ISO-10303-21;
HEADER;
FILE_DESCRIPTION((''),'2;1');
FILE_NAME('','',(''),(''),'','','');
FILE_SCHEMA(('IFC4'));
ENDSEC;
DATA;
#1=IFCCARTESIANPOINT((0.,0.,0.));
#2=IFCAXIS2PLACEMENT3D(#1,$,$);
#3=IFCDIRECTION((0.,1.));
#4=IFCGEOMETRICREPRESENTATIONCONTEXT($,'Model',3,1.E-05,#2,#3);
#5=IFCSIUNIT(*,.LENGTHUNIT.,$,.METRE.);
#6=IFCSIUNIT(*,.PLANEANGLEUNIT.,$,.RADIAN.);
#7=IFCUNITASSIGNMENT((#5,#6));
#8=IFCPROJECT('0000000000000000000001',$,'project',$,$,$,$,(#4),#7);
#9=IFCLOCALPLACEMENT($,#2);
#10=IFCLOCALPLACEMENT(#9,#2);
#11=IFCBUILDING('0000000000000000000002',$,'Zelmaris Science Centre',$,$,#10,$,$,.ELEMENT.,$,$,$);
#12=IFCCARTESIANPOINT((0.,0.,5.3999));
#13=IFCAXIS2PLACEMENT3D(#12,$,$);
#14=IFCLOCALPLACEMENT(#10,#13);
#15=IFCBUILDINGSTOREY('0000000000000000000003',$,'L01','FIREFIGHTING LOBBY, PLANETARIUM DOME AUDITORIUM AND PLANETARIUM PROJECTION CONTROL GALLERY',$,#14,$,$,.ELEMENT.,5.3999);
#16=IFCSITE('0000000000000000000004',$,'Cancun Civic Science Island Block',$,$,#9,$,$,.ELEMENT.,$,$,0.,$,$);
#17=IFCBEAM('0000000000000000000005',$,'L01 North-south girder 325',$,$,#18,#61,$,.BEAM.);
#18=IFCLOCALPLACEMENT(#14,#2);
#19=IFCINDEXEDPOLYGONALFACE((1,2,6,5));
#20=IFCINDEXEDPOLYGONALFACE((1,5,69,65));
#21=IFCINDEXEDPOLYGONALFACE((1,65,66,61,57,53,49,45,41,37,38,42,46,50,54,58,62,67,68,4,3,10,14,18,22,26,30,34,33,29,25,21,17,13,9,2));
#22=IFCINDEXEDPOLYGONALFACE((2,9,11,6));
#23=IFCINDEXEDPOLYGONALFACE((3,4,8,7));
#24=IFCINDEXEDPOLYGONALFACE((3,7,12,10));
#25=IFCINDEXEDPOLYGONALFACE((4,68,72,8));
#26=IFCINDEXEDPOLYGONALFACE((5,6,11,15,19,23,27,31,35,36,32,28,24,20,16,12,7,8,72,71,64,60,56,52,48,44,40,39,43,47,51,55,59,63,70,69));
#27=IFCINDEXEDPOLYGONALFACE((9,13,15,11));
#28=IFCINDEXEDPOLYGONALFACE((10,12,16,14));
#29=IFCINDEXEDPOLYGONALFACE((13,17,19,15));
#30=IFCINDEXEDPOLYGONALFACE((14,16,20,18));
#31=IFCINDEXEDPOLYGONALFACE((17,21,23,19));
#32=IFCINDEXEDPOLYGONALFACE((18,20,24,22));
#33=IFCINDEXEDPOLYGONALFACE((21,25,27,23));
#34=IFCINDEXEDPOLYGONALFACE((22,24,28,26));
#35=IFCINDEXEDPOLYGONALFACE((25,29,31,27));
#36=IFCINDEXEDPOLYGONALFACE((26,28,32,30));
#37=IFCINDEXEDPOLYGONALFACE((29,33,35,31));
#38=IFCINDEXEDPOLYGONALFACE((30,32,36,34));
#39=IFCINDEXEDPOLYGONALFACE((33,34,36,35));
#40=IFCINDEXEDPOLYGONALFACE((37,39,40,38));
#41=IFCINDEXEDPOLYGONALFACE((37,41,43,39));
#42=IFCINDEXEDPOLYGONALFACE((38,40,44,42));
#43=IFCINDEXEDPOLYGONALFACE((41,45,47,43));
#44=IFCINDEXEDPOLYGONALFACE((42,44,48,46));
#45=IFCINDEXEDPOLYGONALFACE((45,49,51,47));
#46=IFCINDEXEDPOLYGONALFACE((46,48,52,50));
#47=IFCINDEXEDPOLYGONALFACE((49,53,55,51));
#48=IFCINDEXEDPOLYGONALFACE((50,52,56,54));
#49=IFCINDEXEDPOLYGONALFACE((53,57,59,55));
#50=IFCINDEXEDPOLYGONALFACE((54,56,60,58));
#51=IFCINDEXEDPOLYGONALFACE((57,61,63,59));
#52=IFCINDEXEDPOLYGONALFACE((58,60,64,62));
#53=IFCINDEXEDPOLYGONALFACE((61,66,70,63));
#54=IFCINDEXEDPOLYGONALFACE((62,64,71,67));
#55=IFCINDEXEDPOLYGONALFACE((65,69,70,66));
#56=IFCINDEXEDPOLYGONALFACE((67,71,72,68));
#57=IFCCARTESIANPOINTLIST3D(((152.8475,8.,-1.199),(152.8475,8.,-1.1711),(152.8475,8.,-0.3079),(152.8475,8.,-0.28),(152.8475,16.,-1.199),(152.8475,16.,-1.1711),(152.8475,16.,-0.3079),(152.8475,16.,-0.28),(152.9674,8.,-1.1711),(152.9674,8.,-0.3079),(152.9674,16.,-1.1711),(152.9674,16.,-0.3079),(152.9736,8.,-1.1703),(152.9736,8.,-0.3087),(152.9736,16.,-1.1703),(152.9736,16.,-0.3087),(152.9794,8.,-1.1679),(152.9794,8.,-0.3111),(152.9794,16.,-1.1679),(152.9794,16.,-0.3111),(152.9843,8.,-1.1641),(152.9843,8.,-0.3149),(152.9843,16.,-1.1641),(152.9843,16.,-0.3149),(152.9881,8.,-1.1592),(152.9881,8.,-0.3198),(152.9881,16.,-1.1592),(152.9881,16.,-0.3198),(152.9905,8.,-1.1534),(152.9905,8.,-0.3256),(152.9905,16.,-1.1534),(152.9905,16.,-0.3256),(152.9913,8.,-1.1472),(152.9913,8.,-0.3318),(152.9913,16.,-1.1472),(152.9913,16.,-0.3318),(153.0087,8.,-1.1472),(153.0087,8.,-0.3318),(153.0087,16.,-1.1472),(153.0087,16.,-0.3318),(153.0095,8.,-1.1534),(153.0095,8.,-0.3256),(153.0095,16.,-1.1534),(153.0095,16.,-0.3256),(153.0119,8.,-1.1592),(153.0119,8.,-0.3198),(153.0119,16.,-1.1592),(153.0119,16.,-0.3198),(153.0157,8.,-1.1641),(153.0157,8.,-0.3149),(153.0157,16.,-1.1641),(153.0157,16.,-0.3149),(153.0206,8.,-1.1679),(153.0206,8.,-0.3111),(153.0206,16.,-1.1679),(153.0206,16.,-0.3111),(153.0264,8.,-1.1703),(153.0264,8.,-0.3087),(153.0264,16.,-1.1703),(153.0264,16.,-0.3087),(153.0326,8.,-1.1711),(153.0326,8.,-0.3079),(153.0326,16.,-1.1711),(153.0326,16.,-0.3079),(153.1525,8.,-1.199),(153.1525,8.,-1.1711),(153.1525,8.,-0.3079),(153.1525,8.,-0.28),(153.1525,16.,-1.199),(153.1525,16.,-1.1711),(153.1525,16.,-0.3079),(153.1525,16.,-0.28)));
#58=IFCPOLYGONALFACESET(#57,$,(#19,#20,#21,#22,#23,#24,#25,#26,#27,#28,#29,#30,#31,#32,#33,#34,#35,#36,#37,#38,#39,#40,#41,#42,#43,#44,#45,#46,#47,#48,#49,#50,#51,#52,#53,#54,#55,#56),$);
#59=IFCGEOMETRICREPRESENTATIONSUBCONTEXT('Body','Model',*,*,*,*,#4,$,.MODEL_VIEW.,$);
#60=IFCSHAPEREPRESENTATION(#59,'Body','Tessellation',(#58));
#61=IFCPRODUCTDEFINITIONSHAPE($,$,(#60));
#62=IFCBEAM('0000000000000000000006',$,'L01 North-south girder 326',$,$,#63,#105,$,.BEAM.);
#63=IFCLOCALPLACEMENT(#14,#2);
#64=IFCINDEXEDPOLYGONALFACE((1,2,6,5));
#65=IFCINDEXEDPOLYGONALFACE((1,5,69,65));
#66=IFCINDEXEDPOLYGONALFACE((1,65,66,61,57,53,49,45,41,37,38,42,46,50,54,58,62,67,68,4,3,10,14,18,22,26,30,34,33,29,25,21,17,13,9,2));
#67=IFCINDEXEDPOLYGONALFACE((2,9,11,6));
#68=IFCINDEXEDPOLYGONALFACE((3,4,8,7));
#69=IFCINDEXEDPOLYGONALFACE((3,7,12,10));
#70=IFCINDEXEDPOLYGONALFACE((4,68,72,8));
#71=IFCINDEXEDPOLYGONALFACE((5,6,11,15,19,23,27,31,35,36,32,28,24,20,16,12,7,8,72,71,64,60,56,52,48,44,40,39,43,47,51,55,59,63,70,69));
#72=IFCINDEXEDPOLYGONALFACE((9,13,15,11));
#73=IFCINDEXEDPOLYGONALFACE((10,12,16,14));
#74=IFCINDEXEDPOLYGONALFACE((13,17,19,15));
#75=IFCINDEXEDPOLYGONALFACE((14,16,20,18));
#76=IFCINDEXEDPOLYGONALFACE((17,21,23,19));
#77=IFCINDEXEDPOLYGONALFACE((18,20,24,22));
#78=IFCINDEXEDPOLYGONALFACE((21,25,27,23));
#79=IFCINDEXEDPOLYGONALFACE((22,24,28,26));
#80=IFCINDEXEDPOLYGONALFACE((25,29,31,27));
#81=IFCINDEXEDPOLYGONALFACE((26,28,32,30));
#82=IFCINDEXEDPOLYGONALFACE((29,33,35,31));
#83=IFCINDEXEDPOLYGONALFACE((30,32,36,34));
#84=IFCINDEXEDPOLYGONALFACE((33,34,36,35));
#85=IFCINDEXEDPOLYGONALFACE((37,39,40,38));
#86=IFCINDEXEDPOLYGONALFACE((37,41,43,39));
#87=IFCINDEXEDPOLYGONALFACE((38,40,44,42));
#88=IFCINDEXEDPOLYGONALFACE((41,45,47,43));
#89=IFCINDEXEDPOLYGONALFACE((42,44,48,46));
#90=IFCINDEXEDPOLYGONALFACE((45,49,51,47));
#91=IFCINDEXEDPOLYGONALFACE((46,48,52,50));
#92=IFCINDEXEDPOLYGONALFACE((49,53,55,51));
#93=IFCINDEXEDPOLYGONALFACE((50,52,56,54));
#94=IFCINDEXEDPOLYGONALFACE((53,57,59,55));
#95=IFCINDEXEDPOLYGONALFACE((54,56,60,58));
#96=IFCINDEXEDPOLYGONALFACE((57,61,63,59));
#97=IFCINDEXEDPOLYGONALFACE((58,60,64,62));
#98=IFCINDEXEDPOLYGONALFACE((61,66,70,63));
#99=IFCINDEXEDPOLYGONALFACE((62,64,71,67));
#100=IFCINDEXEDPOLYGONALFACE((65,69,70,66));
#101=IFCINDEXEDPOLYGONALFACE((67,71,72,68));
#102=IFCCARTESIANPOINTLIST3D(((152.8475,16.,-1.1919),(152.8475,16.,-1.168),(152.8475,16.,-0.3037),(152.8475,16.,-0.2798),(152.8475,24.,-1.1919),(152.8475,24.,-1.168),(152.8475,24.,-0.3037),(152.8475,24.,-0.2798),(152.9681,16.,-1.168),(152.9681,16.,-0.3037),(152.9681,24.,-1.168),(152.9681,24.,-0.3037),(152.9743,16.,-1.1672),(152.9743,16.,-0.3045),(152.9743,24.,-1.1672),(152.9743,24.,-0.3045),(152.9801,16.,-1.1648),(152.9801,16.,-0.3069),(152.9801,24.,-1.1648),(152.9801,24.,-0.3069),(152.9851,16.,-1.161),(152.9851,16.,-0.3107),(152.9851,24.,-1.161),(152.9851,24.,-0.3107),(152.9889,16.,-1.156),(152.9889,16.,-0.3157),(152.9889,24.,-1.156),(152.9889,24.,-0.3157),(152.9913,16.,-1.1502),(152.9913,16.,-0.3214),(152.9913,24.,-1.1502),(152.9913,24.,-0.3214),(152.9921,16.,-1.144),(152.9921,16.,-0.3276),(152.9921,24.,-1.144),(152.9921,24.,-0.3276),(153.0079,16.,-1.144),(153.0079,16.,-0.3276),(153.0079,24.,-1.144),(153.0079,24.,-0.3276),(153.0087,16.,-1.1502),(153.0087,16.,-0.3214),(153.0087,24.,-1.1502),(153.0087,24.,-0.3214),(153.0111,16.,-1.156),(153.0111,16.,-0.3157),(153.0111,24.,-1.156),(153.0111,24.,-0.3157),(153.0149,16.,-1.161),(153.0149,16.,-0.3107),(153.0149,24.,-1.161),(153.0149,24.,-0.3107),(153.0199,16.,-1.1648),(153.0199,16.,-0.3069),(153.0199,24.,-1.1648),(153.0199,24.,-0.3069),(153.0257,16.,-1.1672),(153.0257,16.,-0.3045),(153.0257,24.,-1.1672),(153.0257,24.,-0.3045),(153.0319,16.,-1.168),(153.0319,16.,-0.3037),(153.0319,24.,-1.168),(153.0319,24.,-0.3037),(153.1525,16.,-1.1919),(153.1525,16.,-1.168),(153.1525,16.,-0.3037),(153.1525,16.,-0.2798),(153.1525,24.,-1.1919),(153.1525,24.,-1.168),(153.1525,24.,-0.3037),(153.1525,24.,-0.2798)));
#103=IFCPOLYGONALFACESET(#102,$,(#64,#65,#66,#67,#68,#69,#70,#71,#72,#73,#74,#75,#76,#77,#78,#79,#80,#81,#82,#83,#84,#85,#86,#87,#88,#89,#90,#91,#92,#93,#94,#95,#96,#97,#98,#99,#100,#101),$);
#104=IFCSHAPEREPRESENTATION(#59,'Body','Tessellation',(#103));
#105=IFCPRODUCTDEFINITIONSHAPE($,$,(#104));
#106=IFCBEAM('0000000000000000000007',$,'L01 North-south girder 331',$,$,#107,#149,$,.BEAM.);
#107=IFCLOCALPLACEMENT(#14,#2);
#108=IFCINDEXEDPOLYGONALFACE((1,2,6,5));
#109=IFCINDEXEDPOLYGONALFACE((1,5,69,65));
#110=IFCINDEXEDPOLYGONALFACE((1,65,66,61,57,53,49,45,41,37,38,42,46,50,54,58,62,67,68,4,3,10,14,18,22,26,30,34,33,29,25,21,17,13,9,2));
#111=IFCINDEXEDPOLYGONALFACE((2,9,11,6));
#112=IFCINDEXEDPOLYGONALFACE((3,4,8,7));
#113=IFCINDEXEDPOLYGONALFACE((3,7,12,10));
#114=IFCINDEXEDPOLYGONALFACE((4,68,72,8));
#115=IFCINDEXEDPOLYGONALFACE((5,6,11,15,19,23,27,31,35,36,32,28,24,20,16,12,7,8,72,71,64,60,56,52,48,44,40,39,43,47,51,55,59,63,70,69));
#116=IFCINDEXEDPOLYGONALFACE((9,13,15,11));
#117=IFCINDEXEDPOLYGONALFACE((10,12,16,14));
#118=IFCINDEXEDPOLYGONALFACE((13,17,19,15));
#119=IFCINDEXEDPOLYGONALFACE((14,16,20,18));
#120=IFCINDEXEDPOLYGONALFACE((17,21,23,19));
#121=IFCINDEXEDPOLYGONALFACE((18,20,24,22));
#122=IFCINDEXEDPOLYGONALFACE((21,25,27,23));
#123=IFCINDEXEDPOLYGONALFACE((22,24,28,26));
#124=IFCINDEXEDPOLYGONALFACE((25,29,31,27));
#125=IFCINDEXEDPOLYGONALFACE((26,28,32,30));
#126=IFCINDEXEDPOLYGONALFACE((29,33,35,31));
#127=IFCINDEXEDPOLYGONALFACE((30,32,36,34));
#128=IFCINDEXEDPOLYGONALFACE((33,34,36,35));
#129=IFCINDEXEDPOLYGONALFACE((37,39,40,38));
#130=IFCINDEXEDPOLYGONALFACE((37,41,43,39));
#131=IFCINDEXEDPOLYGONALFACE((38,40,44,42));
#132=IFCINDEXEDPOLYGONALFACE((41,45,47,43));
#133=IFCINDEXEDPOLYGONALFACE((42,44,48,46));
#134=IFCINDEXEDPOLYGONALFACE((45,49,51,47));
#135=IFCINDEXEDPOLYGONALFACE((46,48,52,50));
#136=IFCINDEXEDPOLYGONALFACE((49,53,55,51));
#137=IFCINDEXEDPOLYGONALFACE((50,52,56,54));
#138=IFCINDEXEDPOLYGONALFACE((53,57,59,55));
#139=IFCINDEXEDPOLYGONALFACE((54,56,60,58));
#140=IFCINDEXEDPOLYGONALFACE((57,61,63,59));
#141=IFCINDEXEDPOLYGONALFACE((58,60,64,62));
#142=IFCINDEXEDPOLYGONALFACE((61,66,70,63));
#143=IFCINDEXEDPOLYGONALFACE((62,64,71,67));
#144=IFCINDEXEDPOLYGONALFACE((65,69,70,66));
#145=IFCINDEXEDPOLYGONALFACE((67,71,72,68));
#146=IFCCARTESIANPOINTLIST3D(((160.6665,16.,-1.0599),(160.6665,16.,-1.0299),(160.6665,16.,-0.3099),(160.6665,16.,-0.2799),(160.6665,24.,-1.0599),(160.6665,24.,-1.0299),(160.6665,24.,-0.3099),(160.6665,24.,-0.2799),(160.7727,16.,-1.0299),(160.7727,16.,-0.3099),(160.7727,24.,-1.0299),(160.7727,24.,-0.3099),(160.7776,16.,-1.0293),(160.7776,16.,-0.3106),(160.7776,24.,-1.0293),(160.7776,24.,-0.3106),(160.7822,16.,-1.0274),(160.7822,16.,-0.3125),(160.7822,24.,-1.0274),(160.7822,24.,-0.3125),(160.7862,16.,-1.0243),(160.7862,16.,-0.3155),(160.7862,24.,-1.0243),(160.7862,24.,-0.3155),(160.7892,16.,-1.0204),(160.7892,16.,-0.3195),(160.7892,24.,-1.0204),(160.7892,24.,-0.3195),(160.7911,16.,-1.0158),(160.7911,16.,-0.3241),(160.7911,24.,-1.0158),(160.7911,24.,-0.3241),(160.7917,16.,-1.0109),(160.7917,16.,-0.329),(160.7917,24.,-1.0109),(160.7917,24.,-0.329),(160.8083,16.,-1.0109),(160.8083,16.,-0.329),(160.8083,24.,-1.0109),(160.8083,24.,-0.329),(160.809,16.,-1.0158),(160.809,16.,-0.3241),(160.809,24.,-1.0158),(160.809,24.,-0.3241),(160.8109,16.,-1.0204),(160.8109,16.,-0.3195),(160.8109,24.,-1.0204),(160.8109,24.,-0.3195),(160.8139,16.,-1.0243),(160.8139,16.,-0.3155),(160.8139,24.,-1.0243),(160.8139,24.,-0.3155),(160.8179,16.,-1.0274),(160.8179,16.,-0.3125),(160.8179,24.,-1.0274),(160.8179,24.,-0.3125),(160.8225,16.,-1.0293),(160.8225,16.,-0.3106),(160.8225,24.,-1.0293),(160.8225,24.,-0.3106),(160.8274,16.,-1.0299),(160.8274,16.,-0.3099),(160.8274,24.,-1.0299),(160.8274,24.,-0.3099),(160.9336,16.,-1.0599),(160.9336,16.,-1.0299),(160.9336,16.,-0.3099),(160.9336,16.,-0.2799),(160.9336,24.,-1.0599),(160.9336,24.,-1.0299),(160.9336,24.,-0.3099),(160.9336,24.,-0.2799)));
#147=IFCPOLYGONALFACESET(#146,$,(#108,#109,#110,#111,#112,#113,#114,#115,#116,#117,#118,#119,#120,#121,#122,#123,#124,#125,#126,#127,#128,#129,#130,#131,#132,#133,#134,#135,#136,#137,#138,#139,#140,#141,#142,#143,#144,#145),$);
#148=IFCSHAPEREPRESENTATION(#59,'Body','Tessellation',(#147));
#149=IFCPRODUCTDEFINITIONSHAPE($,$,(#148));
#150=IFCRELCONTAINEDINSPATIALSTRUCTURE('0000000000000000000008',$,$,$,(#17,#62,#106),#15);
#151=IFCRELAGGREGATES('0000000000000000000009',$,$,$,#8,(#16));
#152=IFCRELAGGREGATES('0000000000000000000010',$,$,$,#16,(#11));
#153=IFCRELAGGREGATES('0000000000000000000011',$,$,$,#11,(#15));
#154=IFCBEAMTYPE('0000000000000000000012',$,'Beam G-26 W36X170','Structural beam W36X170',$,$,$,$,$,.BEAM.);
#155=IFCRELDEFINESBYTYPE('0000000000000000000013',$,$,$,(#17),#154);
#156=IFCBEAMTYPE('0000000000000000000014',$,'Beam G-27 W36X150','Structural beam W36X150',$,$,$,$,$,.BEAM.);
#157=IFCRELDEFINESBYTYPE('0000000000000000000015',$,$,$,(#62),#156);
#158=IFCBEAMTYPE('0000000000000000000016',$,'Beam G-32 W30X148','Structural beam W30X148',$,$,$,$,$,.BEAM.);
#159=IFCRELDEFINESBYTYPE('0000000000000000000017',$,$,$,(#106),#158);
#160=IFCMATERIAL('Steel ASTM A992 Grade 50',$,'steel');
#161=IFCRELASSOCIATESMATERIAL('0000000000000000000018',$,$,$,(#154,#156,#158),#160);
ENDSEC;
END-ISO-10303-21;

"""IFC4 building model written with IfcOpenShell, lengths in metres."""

from ifc_helpers import new_model, si_unit, direction, frame, origin, origin_2d, place, context, subcontext, project, spatial, i_section, extrude, material, material_profile, profile_set, type_object, element, save


model = new_model("IFC4")

# Units and contexts
model_context = context("Model", 3, precision=1e-05, world=origin(), true_north=direction((0.0, 1.0)))
body_context = subcontext(model_context, "Body", "Model", "MODEL_VIEW")
ifc_project = project(units=[si_unit("LENGTHUNIT", "METRE"), si_unit("PLANEANGLEUNIT", "RADIAN")], contexts=[model_context])

# Site, building, storey
site_placement = place(None, origin())
site = spatial("IfcSite", under=ifc_project, at=site_placement, Name="Cancun Civic Science Island Block", CompositionType="ELEMENT", RefElevation=0.0)
building_placement = place(site_placement, origin())
building = spatial("IfcBuilding", under=site, at=building_placement, Name="Zelmaris Science Centre", CompositionType="ELEMENT")
storey_placement = place(building_placement, frame((0.0, 0.0, 5.3999)))
storey = spatial("IfcBuildingStorey", under=building, at=storey_placement, Name="L01", Description="FIREFIGHTING LOBBY, PLANETARIUM DOME AUDITORIUM AND PLANETARIUM PROJECTION CONTROL GALLERY", CompositionType="ELEMENT", Elevation=5.3999)

# Shared definitions
ifc_material_1 = material(Name="Steel ASTM A992 Grade 50", Category="steel")

# Beams
ifc_material_profile_1 = material_profile(ifc_material_1, i_section(OverallWidth=0.3049, OverallDepth=0.9189, WebThickness=0.0173, FlangeThickness=0.0278, FilletRadius=0.0239, at=origin_2d()), Name="W36X170")
ifc_profile_set_1 = profile_set([ifc_material_profile_1], Name="Steel ASTM A992 Grade 50")
beam_type_1 = type_object("IfcBeamType", Name="Beam G-26 W36X170", Description="Structural beam W36X170", PredefinedType="BEAM", material=ifc_profile_set_1)
beam_1_placement = place(storey_placement, frame((153.0, 8.0, -0.7395), z_axis=(0.0, 1.0, 0.0), x_axis=(-1.0, 0.0, 0.0)))
element("IfcBeam", 1, at=beam_1_placement, inside=storey, type_object=beam_type_1, Name="L01 North-south girder 325", PredefinedType="BEAM", context=body_context, shape_type="SweptSolid", body=[
    extrude(i_section(OverallWidth=0.3049, OverallDepth=0.9189, WebThickness=0.0173, FlangeThickness=0.0278, FilletRadius=0.0239, at=origin_2d()), origin(), (0.0, 0.0, 1.0), 8.0),
])
ifc_material_profile_2 = material_profile(ifc_material_1, i_section(OverallWidth=0.3049, OverallDepth=0.9121, WebThickness=0.0159, FlangeThickness=0.0239, FilletRadius=0.0239, at=origin_2d()), Name="W36X150")
ifc_profile_set_2 = profile_set([ifc_material_profile_2], Name="Steel ASTM A992 Grade 50")
beam_type_2 = type_object("IfcBeamType", Name="Beam G-27 W36X150", Description="Structural beam W36X150", PredefinedType="BEAM", material=ifc_profile_set_2)
beam_2_placement = place(storey_placement, frame((153.0, 16.0, -0.7358), z_axis=(0.0, 1.0, 0.0), x_axis=(-1.0, 0.0, 0.0)))
element("IfcBeam", 2, at=beam_2_placement, inside=storey, type_object=beam_type_2, Name="L01 North-south girder 326", PredefinedType="BEAM", context=body_context, shape_type="SweptSolid", body=[
    extrude(i_section(OverallWidth=0.3049, OverallDepth=0.9121, WebThickness=0.0159, FlangeThickness=0.0239, FilletRadius=0.0239, at=origin_2d()), origin(), (0.0, 0.0, 1.0), 8.0),
])
ifc_material_profile_3 = material_profile(ifc_material_1, i_section(OverallWidth=0.2671, OverallDepth=0.78, WebThickness=0.0166, FlangeThickness=0.03, FilletRadius=0.019, at=origin_2d()), Name="W30X148")
ifc_profile_set_3 = profile_set([ifc_material_profile_3], Name="Steel ASTM A992 Grade 50")
beam_type_3 = type_object("IfcBeamType", Name="Beam G-32 W30X148", Description="Structural beam W30X148", PredefinedType="BEAM", material=ifc_profile_set_3)
beam_3_placement = place(storey_placement, frame((160.8, 16.0, -0.6699), z_axis=(0.0, 1.0, 0.0), x_axis=(-1.0, 0.0, 0.0)))
element("IfcBeam", 3, at=beam_3_placement, inside=storey, type_object=beam_type_3, Name="L01 North-south girder 331", PredefinedType="BEAM", context=body_context, shape_type="SweptSolid", body=[
    extrude(i_section(OverallWidth=0.2671, OverallDepth=0.78, WebThickness=0.0166, FlangeThickness=0.03, FilletRadius=0.019, at=origin_2d()), origin(), (0.0, 0.0, 1.0), 8.0),
])

save(model, "model.ifc")
